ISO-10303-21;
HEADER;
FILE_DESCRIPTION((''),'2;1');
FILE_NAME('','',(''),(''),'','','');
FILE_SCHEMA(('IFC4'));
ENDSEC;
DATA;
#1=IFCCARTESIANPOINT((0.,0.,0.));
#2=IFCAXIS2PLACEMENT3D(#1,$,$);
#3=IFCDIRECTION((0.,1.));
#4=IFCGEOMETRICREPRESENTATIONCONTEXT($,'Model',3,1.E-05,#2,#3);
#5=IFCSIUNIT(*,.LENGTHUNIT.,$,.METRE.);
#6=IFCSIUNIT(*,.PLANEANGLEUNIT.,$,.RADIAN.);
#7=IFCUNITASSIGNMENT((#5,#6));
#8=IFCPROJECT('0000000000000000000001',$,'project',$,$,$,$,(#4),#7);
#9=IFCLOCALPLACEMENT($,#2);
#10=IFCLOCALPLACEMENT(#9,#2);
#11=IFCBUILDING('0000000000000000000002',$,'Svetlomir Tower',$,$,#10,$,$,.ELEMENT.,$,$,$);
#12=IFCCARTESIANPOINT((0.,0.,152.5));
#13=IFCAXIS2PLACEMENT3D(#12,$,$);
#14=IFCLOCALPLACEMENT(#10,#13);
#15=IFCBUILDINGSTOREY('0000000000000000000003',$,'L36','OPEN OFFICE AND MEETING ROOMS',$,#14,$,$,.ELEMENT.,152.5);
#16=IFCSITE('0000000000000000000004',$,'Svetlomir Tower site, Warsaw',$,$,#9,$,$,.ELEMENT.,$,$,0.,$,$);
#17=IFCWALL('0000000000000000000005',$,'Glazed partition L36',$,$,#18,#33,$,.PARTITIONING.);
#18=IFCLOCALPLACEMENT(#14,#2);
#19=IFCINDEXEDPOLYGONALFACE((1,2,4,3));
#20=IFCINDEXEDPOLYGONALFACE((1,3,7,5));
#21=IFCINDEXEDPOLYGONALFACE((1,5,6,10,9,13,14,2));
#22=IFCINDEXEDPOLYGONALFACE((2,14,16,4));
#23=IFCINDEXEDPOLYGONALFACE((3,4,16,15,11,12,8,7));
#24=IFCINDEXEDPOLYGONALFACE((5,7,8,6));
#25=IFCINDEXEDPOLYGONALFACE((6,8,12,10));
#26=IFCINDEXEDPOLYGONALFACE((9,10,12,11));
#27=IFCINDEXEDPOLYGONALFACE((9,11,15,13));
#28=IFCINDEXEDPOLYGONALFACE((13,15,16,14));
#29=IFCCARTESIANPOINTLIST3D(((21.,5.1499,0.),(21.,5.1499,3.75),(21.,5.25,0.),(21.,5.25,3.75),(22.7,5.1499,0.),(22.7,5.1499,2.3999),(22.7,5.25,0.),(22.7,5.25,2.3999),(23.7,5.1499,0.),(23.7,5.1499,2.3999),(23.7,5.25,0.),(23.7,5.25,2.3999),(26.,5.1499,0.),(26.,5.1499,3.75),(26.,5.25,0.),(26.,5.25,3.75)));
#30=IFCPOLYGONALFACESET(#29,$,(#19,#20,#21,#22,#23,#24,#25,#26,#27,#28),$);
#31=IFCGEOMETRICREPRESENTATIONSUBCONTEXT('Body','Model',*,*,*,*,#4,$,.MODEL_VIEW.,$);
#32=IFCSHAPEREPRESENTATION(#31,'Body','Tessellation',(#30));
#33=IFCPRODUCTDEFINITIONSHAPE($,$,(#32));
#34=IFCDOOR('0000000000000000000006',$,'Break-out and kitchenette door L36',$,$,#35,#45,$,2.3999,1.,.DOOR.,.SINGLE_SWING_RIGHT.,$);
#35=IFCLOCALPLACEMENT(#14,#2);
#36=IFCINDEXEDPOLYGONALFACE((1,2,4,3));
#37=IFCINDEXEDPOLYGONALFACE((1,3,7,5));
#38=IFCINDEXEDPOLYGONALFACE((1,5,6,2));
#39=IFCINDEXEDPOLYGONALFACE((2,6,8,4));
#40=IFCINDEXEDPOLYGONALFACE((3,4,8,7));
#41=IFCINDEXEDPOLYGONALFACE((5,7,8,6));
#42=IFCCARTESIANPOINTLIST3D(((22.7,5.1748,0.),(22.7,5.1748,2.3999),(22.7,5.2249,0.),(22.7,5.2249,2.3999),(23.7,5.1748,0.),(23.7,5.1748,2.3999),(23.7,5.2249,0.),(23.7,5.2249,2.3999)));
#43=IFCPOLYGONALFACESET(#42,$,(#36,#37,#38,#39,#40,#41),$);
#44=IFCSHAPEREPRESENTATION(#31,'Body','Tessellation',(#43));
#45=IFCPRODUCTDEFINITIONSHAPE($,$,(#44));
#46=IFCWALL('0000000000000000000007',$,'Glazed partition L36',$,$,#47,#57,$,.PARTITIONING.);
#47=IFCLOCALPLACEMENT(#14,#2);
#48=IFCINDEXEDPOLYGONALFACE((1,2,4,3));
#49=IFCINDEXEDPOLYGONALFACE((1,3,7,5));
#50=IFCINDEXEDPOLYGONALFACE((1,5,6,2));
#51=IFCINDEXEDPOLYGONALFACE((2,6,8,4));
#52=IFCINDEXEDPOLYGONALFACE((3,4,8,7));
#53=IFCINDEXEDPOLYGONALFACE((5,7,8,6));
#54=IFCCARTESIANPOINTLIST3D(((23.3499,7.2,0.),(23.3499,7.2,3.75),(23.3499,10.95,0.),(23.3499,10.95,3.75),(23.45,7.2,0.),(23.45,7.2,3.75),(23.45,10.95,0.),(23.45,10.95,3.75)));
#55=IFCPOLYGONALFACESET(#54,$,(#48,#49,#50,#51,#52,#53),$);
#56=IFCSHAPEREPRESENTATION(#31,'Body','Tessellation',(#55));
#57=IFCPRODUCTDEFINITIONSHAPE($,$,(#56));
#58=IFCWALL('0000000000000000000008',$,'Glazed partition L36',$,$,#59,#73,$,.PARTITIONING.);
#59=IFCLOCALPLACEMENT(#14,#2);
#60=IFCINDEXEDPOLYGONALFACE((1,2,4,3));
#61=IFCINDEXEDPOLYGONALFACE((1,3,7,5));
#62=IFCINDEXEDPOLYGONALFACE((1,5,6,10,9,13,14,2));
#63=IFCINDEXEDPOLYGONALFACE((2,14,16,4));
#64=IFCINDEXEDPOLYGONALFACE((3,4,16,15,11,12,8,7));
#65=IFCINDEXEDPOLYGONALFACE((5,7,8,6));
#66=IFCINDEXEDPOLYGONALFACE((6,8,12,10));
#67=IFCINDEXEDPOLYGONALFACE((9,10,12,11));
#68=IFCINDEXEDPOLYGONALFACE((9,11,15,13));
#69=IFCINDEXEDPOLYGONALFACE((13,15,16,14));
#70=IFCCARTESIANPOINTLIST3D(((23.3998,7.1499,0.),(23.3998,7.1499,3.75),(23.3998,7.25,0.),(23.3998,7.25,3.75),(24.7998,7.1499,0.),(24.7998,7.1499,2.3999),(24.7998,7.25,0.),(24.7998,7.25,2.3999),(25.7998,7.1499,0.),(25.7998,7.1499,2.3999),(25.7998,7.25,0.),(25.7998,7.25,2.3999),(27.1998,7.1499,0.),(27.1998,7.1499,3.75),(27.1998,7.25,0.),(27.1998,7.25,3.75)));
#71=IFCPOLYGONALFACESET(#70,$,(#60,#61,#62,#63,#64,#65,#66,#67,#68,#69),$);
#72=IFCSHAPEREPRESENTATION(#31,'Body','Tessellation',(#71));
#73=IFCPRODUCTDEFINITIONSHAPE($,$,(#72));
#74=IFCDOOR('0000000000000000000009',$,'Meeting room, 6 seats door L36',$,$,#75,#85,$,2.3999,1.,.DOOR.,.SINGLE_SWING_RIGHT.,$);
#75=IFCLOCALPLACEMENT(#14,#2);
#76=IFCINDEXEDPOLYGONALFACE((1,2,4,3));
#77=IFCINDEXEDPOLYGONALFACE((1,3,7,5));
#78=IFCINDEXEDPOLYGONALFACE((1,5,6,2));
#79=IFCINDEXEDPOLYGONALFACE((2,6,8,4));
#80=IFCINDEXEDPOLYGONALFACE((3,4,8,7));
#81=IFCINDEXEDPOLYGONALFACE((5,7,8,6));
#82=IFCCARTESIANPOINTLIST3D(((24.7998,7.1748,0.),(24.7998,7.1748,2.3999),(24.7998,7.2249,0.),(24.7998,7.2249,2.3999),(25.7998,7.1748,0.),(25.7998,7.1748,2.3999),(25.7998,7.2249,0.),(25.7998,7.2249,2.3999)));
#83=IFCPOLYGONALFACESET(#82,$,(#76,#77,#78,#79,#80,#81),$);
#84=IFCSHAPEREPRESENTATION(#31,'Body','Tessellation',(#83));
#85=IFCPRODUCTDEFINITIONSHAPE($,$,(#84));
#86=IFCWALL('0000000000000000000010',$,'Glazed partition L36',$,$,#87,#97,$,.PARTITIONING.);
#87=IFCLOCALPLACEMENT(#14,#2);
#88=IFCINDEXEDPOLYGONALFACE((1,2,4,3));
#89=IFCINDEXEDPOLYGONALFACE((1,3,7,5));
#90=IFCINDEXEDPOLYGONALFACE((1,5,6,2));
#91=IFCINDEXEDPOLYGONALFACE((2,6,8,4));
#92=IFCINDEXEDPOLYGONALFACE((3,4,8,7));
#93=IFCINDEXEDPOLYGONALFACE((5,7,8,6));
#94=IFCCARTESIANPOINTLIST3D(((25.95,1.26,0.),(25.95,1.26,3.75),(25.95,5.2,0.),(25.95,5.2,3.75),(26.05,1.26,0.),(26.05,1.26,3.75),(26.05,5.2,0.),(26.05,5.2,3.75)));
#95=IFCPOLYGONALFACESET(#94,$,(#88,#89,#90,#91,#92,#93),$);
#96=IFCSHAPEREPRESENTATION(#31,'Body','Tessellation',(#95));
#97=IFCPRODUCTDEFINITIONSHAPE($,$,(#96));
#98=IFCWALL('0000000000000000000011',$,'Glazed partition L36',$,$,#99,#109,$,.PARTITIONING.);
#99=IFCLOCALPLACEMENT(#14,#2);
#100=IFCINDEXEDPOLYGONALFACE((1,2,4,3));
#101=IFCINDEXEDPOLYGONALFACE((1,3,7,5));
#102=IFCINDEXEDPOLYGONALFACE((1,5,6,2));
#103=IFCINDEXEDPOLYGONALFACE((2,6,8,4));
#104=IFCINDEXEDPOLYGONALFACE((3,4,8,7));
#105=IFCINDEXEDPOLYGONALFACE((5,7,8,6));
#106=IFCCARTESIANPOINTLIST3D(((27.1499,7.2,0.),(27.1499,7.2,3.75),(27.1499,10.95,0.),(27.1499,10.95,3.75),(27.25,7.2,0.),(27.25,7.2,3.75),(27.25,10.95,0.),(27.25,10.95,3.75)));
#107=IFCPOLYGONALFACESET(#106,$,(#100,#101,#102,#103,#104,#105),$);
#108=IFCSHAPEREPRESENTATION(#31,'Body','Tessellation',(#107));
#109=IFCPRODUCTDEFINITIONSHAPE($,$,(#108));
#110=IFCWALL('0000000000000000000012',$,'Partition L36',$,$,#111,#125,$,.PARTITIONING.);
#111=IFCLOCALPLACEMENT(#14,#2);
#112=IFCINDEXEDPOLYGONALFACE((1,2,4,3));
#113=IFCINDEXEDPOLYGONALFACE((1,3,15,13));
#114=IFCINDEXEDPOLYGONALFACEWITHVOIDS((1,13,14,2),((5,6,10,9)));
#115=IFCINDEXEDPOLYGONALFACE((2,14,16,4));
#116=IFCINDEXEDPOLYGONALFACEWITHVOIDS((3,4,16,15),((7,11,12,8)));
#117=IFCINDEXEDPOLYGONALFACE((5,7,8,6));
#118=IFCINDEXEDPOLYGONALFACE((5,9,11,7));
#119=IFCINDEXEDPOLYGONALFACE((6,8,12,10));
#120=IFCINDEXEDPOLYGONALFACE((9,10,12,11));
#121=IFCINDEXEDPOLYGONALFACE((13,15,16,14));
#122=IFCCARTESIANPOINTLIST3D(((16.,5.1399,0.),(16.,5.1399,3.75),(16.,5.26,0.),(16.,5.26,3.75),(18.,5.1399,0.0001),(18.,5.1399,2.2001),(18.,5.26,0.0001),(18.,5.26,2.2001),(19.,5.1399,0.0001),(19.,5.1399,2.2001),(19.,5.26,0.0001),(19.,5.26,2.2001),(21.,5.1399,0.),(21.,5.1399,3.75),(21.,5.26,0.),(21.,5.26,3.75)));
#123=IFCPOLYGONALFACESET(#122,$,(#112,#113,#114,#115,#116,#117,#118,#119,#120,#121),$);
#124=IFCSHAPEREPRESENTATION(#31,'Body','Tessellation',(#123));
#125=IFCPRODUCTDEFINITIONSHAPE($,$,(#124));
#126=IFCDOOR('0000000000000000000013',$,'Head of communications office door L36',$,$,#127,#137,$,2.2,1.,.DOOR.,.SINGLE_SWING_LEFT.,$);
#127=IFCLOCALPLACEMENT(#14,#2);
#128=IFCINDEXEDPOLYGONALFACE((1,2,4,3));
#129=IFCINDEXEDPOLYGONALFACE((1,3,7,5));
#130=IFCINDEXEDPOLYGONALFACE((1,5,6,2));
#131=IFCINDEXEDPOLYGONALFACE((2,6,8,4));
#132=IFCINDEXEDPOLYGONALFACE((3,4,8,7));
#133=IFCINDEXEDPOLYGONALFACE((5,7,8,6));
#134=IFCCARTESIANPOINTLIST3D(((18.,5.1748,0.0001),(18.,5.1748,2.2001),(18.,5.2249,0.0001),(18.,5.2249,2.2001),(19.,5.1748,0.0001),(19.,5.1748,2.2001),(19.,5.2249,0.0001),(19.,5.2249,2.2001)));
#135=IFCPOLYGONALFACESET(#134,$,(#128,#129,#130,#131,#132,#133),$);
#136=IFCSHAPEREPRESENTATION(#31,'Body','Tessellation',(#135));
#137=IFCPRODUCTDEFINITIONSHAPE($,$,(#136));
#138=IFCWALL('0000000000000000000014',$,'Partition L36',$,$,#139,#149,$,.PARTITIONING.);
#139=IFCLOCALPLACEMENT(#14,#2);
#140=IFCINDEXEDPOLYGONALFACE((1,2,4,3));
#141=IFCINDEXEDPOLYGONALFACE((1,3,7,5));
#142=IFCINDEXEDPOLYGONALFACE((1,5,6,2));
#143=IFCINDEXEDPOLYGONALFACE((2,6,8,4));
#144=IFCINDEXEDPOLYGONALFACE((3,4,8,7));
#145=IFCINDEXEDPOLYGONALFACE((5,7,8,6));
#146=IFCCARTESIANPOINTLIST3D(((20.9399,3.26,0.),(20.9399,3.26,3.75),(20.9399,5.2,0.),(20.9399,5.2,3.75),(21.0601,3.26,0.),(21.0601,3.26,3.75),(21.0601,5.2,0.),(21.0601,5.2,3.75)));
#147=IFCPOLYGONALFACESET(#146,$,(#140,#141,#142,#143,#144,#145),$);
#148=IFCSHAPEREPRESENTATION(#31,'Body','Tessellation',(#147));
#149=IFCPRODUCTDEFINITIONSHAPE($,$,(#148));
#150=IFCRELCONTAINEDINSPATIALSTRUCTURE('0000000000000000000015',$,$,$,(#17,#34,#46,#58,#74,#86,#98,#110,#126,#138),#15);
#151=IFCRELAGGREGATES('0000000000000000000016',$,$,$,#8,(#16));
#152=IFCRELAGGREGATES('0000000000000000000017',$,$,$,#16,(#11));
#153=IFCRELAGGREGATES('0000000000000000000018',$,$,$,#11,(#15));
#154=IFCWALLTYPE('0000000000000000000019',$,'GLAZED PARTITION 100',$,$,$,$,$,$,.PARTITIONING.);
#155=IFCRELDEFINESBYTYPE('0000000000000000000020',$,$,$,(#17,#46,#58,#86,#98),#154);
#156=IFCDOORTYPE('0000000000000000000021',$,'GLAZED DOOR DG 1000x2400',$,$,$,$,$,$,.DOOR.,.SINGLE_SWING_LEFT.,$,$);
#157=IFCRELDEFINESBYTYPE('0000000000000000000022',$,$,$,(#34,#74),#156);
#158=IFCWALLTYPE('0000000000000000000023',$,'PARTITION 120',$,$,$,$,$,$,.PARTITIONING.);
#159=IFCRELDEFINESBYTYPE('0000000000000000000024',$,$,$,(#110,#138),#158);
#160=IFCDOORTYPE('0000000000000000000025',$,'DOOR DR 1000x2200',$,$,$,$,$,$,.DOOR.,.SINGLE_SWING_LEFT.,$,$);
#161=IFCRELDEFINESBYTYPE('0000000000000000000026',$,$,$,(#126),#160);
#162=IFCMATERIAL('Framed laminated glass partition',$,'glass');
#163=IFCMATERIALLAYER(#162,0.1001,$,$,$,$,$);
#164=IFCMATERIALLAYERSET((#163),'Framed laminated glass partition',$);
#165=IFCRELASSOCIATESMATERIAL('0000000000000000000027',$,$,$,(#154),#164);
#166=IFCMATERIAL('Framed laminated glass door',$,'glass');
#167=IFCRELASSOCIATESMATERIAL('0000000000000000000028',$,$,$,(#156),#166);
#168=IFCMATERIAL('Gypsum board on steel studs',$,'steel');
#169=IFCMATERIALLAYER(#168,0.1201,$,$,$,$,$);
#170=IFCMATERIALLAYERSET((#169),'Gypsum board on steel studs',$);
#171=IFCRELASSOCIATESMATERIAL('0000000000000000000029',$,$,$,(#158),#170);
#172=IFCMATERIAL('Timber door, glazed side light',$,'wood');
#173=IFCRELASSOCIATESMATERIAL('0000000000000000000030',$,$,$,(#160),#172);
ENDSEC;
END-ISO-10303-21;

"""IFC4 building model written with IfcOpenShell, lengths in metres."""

from ifc_helpers import new_model, si_unit, direction, frame, frame_2d, origin, place, context, subcontext, project, spatial, rectangle, extrude, material, layer, layer_set, type_object, element, fill, save


model = new_model("IFC4")

# Units and contexts
model_context = context("Model", 3, precision=1e-05, world=origin(), true_north=direction((0.0, 1.0)))
body_context = subcontext(model_context, "Body", "Model", "MODEL_VIEW")
ifc_project = project(units=[si_unit("LENGTHUNIT", "METRE"), si_unit("PLANEANGLEUNIT", "RADIAN")], contexts=[model_context])

# Site, building, storey
site_placement = place(None, origin())
site = spatial("IfcSite", under=ifc_project, at=site_placement, Name="Svetlomir Tower site, Warsaw", CompositionType="ELEMENT", RefElevation=0.0)
building_placement = place(site_placement, origin())
building = spatial("IfcBuilding", under=site, at=building_placement, Name="Svetlomir Tower", CompositionType="ELEMENT")
storey_placement = place(building_placement, frame((0.0, 0.0, 152.5)))
storey = spatial("IfcBuildingStorey", under=building, at=storey_placement, Name="L36", Description="OPEN OFFICE AND MEETING ROOMS", CompositionType="ELEMENT", Elevation=152.5)

# Wall, opening, door
ifc_material_1 = material(Name="Framed laminated glass partition", Category="glass")
ifc_layer_1 = layer(ifc_material_1, 0.1001)
ifc_layer_set_1 = layer_set([ifc_layer_1], Name="Framed laminated glass partition")
wall_type_1 = type_object("IfcWallType", Name="GLAZED PARTITION 100", PredefinedType="PARTITIONING", material=ifc_layer_set_1)
wall_1_placement = place(storey_placement, frame((21.0, 5.2, 0.0), z_axis=(0.0, 0.0, 1.0), x_axis=(1.0, 0.0, 0.0)))
wall_1 = element("IfcWall", 1, at=wall_1_placement, inside=storey, type_object=wall_type_1, Name="Glazed partition L36", PredefinedType="PARTITIONING", context=body_context, shape_type="SweptSolid", body=[
    extrude(rectangle(XDim=5.0, YDim=0.1001, at=frame_2d((2.5, 0.0))), origin(), (0.0, 0.0, 1.0), 3.75),
])
opening_1_placement = place(wall_1_placement, frame((1.7, 0.0, 0.0)))
opening_1 = element("IfcOpeningElement", 2, at=opening_1_placement, cuts=wall_1, PredefinedType="OPENING", context=body_context, shape_type="SweptSolid", body=[
    extrude(rectangle(XDim=1.0, YDim=2.3999, at=frame_2d((0.5, 1.2))), frame((0.0, 0.0601, 0.0), z_axis=(0.0, -1.0, 0.0), x_axis=(1.0, 0.0, 0.0)), (0.0, 0.0, 1.0), 0.1201),
])
ifc_material_2 = material(Name="Framed laminated glass door", Category="glass")
door_type_1 = type_object("IfcDoorType", Name="GLAZED DOOR DG 1000x2400", OperationType="SINGLE_SWING_LEFT", PredefinedType="DOOR", material=ifc_material_2)
door_1_placement = place(opening_1_placement, origin())
door_1 = element("IfcDoor", 3, at=door_1_placement, inside=storey, type_object=door_type_1, Name="Break-out and kitchenette door L36", OperationType="SINGLE_SWING_RIGHT", OverallHeight=2.3999, OverallWidth=1.0, PredefinedType="DOOR", context=body_context, shape_type="SweptSolid", body=[
    extrude(rectangle(XDim=1.0, YDim=2.3999, at=frame_2d((0.5, 1.2))), frame((0.0, 0.0249, 0.0), z_axis=(0.0, -1.0, 0.0), x_axis=(1.0, 0.0, 0.0)), (0.0, 0.0, 1.0), 0.05),
])
fill(opening_1, door_1)

# Wall
wall_2_placement = place(storey_placement, frame((23.3999, 7.2, 0.0), z_axis=(0.0, 0.0, 1.0), x_axis=(0.0, 1.0, 0.0)))
element("IfcWall", 4, at=wall_2_placement, inside=storey, type_object=wall_type_1, Name="Glazed partition L36", PredefinedType="PARTITIONING", context=body_context, shape_type="SweptSolid", body=[
    extrude(rectangle(XDim=3.75, YDim=0.1001, at=frame_2d((1.875, 0.0))), origin(), (0.0, 0.0, 1.0), 3.75),
])

# Wall, opening, door
wall_3_placement = place(storey_placement, frame((23.3999, 7.2, 0.0), z_axis=(0.0, 0.0, 1.0), x_axis=(1.0, 0.0, 0.0)))
wall_3 = element("IfcWall", 5, at=wall_3_placement, inside=storey, type_object=wall_type_1, Name="Glazed partition L36", PredefinedType="PARTITIONING", context=body_context, shape_type="SweptSolid", body=[
    extrude(rectangle(XDim=3.8, YDim=0.1001, at=frame_2d((1.8999, 0.0))), origin(), (0.0, 0.0, 1.0), 3.75),
])
opening_2_placement = place(wall_3_placement, frame((1.3999, 0.0, 0.0)))
opening_2 = element("IfcOpeningElement", 6, at=opening_2_placement, cuts=wall_3, PredefinedType="OPENING", context=body_context, shape_type="SweptSolid", body=[
    extrude(rectangle(XDim=1.0, YDim=2.3999, at=frame_2d((0.5, 1.2))), frame((0.0, 0.0601, 0.0), z_axis=(0.0, -1.0, 0.0), x_axis=(1.0, 0.0, 0.0)), (0.0, 0.0, 1.0), 0.1201),
])
door_2_placement = place(opening_2_placement, origin())
door_2 = element("IfcDoor", 7, at=door_2_placement, inside=storey, type_object=door_type_1, Name="Meeting room, 6 seats door L36", OperationType="SINGLE_SWING_RIGHT", OverallHeight=2.3999, OverallWidth=1.0, PredefinedType="DOOR", context=body_context, shape_type="SweptSolid", body=[
    extrude(rectangle(XDim=1.0, YDim=2.3999, at=frame_2d((0.5, 1.2))), frame((0.0, 0.0249, 0.0), z_axis=(0.0, -1.0, 0.0), x_axis=(1.0, 0.0, 0.0)), (0.0, 0.0, 1.0), 0.05),
])
fill(opening_2, door_2)

# Walls
wall_4_placement = place(storey_placement, frame((26.0, 1.26, 0.0), z_axis=(0.0, 0.0, 1.0), x_axis=(0.0, 1.0, 0.0)))
element("IfcWall", 8, at=wall_4_placement, inside=storey, type_object=wall_type_1, Name="Glazed partition L36", PredefinedType="PARTITIONING", context=body_context, shape_type="SweptSolid", body=[
    extrude(rectangle(XDim=3.9399, YDim=0.1001, at=frame_2d((1.97, 0.0))), origin(), (0.0, 0.0, 1.0), 3.75),
])
wall_5_placement = place(storey_placement, frame((27.2, 7.2, 0.0), z_axis=(0.0, 0.0, 1.0), x_axis=(0.0, 1.0, 0.0)))
element("IfcWall", 9, at=wall_5_placement, inside=storey, type_object=wall_type_1, Name="Glazed partition L36", PredefinedType="PARTITIONING", context=body_context, shape_type="SweptSolid", body=[
    extrude(rectangle(XDim=3.75, YDim=0.1001, at=frame_2d((1.875, 0.0))), origin(), (0.0, 0.0, 1.0), 3.75),
])

# Wall, opening, door
ifc_material_3 = material(Name="Gypsum board on steel studs", Category="steel")
ifc_layer_2 = layer(ifc_material_3, 0.1201)
ifc_layer_set_2 = layer_set([ifc_layer_2], Name="Gypsum board on steel studs")
wall_type_2 = type_object("IfcWallType", Name="PARTITION 120", PredefinedType="PARTITIONING", material=ifc_layer_set_2)
wall_6_placement = place(storey_placement, frame((16.0, 5.2, 0.0), z_axis=(0.0, 0.0, 1.0), x_axis=(1.0, 0.0, 0.0)))
wall_6 = element("IfcWall", 10, at=wall_6_placement, inside=storey, type_object=wall_type_2, Name="Partition L36", PredefinedType="PARTITIONING", context=body_context, shape_type="SweptSolid", body=[
    extrude(rectangle(XDim=5.0, YDim=0.1201, at=frame_2d((2.5, 0.0))), origin(), (0.0, 0.0, 1.0), 3.75),
])
opening_3_placement = place(wall_6_placement, frame((2.0, 0.0, 0.0)))
opening_3 = element("IfcOpeningElement", 11, at=opening_3_placement, cuts=wall_6, PredefinedType="OPENING", context=body_context, shape_type="SweptSolid", body=[
    extrude(rectangle(XDim=1.0, YDim=2.2, at=frame_2d((0.5, 1.1001))), frame((0.0, 0.0701, 0.0), z_axis=(0.0, -1.0, 0.0), x_axis=(1.0, 0.0, 0.0)), (0.0, 0.0, 1.0), 0.1401),
])
ifc_material_4 = material(Name="Timber door, glazed side light", Category="wood")
door_type_2 = type_object("IfcDoorType", Name="DOOR DR 1000x2200", OperationType="SINGLE_SWING_LEFT", PredefinedType="DOOR", material=ifc_material_4)
door_3_placement = place(opening_3_placement, origin())
door_3 = element("IfcDoor", 12, at=door_3_placement, inside=storey, type_object=door_type_2, Name="Head of communications office door L36", OperationType="SINGLE_SWING_LEFT", OverallHeight=2.2, OverallWidth=1.0, PredefinedType="DOOR", context=body_context, shape_type="SweptSolid", body=[
    extrude(rectangle(XDim=1.0, YDim=2.2, at=frame_2d((0.5, 1.1001))), frame((0.0, 0.0249, 0.0), z_axis=(0.0, -1.0, 0.0), x_axis=(1.0, 0.0, 0.0)), (0.0, 0.0, 1.0), 0.05),
])
fill(opening_3, door_3)

# Wall
wall_7_placement = place(storey_placement, frame((21.0, 3.26, 0.0), z_axis=(0.0, 0.0, 1.0), x_axis=(0.0, 1.0, 0.0)))
element("IfcWall", 13, at=wall_7_placement, inside=storey, type_object=wall_type_2, Name="Partition L36", PredefinedType="PARTITIONING", context=body_context, shape_type="SweptSolid", body=[
    extrude(rectangle(XDim=1.9399, YDim=0.1201, at=frame_2d((0.97, 0.0))), origin(), (0.0, 0.0, 1.0), 3.75),
])

save(model, "model.ifc")
